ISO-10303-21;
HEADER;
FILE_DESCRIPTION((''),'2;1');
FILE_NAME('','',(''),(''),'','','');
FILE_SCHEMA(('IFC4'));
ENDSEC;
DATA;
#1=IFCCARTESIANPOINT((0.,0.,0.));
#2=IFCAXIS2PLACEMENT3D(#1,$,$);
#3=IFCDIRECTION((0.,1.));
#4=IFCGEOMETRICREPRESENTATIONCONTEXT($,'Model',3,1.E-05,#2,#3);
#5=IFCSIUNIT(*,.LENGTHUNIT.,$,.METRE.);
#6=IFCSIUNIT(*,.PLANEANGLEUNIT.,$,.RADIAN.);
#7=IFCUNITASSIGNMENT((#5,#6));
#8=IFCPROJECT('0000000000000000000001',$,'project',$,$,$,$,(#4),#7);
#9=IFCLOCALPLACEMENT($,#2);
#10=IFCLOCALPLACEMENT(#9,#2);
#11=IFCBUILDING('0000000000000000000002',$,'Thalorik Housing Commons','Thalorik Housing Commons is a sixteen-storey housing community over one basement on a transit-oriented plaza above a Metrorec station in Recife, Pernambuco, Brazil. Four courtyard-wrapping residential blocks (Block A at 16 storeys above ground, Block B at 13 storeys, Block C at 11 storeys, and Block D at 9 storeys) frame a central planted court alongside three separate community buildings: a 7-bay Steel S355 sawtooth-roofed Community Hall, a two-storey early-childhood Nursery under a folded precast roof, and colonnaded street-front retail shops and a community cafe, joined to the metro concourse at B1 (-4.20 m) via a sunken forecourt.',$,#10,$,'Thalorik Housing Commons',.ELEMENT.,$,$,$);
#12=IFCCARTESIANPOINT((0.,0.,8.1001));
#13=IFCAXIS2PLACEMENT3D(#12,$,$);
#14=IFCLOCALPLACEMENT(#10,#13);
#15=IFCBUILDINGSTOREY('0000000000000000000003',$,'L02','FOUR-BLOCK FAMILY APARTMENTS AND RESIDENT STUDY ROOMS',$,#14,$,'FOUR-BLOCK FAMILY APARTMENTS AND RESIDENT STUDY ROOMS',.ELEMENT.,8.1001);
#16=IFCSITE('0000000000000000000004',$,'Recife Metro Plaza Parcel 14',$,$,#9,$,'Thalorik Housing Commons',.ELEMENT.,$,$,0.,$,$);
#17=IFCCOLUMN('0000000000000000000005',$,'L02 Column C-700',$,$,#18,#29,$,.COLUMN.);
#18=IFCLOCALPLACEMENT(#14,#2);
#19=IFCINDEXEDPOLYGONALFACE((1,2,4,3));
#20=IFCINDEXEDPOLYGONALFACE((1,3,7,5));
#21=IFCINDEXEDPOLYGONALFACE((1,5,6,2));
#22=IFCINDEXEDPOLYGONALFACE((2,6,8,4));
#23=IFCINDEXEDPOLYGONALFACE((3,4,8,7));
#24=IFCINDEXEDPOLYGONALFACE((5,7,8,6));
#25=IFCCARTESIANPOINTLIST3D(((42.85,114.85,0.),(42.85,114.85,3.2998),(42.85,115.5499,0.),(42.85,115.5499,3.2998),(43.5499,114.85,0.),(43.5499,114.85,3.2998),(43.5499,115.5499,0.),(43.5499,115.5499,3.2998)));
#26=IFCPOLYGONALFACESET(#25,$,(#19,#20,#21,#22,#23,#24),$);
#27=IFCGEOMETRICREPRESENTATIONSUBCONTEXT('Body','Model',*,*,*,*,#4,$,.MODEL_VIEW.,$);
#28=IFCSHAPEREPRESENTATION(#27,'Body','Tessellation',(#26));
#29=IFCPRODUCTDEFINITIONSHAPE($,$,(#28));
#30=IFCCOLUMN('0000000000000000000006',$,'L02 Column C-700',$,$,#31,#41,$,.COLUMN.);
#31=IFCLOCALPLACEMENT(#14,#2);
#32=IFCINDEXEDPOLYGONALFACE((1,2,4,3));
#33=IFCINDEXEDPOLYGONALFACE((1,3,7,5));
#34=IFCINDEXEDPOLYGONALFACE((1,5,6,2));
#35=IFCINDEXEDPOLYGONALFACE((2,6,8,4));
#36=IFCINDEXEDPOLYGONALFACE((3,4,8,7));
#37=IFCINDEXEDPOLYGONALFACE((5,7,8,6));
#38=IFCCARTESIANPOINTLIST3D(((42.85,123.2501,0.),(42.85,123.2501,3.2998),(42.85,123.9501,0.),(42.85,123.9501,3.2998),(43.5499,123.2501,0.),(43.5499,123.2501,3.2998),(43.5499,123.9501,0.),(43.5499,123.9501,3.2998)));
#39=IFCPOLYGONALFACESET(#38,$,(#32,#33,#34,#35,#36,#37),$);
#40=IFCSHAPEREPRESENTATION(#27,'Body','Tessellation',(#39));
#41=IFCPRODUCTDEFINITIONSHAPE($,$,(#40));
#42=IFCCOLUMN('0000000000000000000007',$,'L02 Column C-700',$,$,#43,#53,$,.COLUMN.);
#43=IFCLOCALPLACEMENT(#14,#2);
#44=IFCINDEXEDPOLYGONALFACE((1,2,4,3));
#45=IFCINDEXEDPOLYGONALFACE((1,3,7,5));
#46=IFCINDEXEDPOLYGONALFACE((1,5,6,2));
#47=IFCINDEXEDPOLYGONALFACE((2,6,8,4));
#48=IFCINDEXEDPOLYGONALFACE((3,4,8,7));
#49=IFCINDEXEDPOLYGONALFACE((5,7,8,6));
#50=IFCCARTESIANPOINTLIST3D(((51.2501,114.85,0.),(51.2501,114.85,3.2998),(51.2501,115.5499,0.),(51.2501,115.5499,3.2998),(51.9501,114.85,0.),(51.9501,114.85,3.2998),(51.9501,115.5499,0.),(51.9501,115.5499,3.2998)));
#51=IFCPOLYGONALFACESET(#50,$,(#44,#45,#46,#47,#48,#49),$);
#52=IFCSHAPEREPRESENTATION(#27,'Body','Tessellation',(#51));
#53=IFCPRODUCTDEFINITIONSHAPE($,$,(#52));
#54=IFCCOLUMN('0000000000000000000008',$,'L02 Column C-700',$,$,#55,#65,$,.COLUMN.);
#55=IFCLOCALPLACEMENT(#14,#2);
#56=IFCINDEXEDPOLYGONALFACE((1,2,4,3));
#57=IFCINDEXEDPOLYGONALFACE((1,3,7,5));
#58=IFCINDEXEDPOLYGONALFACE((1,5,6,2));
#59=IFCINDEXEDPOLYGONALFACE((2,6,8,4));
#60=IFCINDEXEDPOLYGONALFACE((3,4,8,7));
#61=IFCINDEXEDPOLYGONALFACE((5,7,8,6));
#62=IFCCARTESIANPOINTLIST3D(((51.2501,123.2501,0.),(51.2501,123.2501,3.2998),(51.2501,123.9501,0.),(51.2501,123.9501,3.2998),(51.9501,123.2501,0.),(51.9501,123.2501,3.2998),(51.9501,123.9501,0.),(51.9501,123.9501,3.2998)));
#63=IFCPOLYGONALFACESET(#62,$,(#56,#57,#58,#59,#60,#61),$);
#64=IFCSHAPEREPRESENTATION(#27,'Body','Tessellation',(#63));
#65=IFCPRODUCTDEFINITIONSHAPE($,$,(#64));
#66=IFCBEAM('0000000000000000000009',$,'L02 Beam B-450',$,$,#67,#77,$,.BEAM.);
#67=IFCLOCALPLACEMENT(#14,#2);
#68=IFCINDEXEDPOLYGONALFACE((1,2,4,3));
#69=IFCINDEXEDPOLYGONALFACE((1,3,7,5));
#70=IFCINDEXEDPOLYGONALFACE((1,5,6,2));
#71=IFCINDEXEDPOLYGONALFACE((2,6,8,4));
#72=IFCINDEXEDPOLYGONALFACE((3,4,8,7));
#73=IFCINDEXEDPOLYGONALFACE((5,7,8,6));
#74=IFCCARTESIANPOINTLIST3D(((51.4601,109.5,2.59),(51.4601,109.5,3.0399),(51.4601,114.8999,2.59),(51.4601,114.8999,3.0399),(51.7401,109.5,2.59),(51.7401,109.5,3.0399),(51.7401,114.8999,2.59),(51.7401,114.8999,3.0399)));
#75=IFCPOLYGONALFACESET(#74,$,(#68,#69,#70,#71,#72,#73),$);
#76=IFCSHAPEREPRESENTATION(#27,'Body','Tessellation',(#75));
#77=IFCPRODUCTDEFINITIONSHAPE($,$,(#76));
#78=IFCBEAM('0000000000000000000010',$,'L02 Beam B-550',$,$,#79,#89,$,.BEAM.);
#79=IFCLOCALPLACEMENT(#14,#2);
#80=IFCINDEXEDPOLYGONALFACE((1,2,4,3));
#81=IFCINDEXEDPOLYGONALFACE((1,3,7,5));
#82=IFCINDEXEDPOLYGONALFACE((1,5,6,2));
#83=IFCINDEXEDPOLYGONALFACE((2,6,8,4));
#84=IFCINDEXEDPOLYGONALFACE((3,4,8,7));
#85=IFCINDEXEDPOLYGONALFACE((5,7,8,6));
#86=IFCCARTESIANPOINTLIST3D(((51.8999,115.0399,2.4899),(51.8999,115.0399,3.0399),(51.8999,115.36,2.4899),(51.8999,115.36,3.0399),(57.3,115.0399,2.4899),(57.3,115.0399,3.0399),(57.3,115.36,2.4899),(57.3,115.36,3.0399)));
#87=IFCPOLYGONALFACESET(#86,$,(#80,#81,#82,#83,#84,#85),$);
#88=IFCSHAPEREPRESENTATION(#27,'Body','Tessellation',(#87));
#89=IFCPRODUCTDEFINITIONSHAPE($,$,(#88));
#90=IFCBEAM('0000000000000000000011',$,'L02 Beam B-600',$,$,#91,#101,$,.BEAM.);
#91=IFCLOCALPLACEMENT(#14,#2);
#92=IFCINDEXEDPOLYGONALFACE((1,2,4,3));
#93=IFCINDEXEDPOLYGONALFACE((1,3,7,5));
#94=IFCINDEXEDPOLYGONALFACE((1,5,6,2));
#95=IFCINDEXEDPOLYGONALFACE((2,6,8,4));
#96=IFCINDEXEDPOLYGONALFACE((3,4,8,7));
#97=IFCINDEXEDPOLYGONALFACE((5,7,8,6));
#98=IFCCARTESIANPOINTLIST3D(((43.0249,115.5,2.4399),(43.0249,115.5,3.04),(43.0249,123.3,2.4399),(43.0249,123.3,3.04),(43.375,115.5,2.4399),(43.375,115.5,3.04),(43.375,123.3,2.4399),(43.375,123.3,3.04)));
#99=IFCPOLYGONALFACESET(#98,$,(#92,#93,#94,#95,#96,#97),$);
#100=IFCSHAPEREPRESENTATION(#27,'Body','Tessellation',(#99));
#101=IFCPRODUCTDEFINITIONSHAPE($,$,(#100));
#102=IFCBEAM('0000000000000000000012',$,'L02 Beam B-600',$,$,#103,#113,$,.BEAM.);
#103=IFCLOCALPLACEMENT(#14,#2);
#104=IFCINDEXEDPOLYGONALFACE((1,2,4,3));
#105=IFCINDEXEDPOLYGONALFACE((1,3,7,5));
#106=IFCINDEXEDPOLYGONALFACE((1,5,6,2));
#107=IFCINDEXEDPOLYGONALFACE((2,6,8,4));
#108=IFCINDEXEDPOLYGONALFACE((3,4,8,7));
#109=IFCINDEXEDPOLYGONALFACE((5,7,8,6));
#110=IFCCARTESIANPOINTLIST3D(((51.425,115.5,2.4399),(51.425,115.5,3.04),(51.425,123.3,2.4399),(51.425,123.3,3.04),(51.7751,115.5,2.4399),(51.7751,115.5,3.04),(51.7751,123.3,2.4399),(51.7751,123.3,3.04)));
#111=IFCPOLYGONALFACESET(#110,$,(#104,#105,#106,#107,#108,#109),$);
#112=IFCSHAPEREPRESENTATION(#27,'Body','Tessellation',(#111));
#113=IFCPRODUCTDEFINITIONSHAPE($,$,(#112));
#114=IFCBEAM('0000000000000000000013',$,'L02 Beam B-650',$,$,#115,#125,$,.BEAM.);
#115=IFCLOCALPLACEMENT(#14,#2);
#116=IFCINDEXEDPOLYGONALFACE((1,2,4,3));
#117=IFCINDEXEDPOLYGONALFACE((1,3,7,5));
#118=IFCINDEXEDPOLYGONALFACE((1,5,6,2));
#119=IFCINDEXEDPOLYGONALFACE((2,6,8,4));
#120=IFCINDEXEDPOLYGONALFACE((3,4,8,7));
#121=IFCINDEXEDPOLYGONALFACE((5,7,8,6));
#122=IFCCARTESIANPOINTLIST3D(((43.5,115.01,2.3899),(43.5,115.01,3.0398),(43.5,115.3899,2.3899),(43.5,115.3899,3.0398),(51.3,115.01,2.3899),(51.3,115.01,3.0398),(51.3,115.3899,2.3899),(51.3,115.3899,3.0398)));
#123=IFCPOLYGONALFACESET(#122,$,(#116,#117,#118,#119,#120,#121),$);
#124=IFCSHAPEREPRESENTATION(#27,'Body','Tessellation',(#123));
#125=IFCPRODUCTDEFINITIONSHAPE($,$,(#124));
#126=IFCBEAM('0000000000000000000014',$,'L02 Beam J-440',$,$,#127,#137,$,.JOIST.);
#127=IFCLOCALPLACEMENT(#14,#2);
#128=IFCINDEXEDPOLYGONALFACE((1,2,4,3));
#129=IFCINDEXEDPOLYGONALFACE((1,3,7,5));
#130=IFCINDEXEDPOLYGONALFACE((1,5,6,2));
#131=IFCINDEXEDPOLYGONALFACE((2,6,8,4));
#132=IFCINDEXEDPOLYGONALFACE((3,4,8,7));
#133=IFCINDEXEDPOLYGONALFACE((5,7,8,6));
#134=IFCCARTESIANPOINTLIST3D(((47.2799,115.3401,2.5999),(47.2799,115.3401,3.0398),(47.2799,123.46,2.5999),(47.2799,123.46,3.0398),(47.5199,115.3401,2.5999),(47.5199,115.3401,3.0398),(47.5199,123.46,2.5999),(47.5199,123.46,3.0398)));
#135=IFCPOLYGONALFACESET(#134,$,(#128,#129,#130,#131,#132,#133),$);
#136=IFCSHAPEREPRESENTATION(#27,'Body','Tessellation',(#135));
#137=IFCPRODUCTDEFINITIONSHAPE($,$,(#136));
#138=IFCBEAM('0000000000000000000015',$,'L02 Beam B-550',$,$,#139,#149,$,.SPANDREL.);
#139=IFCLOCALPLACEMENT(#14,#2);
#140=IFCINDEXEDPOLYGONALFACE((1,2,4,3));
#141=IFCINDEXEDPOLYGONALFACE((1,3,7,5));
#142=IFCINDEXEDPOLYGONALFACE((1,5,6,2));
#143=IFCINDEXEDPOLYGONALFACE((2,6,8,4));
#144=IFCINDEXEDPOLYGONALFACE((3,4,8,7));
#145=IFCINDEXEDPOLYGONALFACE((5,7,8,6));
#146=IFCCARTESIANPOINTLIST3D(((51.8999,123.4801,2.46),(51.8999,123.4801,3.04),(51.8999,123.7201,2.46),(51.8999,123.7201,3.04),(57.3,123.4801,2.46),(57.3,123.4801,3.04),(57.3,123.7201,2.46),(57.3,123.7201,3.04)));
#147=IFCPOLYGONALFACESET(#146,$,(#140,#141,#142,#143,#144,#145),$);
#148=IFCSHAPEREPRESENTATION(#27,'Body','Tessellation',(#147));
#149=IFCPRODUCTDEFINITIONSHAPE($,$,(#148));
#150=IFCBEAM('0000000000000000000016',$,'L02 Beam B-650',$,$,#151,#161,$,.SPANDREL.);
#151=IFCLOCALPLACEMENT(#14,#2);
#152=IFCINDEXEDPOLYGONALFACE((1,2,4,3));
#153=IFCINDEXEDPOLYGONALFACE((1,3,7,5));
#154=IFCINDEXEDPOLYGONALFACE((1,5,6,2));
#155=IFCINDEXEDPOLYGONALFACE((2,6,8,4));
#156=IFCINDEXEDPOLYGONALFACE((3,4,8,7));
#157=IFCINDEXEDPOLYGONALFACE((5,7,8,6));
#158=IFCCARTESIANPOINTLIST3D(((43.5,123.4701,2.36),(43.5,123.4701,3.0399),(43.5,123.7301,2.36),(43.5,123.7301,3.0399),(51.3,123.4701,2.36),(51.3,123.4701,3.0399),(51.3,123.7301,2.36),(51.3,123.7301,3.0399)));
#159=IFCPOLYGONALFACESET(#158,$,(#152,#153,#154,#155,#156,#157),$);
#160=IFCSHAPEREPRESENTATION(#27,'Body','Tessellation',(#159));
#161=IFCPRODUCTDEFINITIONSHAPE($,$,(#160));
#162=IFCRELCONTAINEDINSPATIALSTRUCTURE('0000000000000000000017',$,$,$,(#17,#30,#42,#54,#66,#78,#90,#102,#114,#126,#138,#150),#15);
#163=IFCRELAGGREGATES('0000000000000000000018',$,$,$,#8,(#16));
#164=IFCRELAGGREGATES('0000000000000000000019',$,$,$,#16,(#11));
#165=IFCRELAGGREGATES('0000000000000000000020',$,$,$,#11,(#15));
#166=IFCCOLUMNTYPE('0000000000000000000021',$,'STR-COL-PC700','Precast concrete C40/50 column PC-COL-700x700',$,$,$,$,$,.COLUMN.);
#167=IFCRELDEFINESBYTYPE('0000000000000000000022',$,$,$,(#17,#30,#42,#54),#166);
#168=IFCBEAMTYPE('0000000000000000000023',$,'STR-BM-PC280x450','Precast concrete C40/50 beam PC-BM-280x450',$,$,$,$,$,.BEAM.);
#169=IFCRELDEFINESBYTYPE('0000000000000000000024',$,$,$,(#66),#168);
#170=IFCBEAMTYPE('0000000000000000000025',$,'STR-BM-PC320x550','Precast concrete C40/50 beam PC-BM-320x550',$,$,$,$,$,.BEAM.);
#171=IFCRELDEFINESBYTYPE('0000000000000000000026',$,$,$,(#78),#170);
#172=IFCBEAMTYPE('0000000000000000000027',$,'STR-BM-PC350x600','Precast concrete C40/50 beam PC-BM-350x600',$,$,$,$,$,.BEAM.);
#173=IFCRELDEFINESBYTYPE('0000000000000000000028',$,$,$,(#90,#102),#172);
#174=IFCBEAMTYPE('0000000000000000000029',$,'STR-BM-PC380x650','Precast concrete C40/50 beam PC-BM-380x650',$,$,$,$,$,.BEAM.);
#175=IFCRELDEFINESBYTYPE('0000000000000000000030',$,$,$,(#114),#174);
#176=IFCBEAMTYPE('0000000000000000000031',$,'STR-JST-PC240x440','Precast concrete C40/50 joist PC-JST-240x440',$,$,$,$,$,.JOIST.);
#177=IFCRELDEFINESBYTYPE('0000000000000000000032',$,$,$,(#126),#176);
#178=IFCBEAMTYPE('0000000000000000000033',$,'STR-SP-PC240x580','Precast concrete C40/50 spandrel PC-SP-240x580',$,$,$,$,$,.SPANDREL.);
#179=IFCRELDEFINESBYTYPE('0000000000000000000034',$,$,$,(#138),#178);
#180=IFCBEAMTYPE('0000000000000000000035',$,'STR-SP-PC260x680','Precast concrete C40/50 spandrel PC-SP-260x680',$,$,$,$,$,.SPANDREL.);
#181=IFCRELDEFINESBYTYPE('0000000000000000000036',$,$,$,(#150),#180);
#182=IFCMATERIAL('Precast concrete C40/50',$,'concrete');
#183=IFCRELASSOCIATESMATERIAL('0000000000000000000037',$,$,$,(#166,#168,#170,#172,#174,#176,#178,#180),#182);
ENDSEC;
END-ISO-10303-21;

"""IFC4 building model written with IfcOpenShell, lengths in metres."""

from ifc_helpers import new_model, si_unit, direction, frame, origin, origin_2d, place, context, subcontext, project, spatial, rectangle, extrude, material, material_profile, profile_set, type_object, element, save


model = new_model("IFC4")

# Units and contexts
model_context = context("Model", 3, precision=1e-05, world=origin(), true_north=direction((0.0, 1.0)))
body_context = subcontext(model_context, "Body", "Model", "MODEL_VIEW")
ifc_project = project(units=[si_unit("LENGTHUNIT", "METRE"), si_unit("PLANEANGLEUNIT", "RADIAN")], contexts=[model_context])

# Site, building, storey
site_placement = place(None, origin())
site = spatial("IfcSite", under=ifc_project, at=site_placement, Name="Recife Metro Plaza Parcel 14", LongName="Thalorik Housing Commons", CompositionType="ELEMENT", RefElevation=0.0)
building_placement = place(site_placement, origin())
building = spatial("IfcBuilding", under=site, at=building_placement, Name="Thalorik Housing Commons", Description="Thalorik Housing Commons is a sixteen-storey housing community over one basement on a transit-oriented plaza above a Metrorec station in Recife, Pernambuco, Brazil. Four courtyard-wrapping residential blocks (Block A at 16 storeys above ground, Block B at 13 storeys, Block C at 11 storeys, and Block D at 9 storeys) frame a central planted court alongside three separate community buildings: a 7-bay Steel S355 sawtooth-roofed Community Hall, a two-storey early-childhood Nursery under a folded precast roof, and colonnaded street-front retail shops and a community cafe, joined to the metro concourse at B1 (-4.20 m) via a sunken forecourt.", LongName="Thalorik Housing Commons", CompositionType="ELEMENT")
storey_placement = place(building_placement, frame((0.0, 0.0, 8.1001)))
storey = spatial("IfcBuildingStorey", under=building, at=storey_placement, Name="L02", Description="FOUR-BLOCK FAMILY APARTMENTS AND RESIDENT STUDY ROOMS", LongName="FOUR-BLOCK FAMILY APARTMENTS AND RESIDENT STUDY ROOMS", CompositionType="ELEMENT", Elevation=8.1001)

# Columns
ifc_material_1 = material(Name="Precast concrete C40/50", Category="concrete")
ifc_material_profile_1 = material_profile(ifc_material_1, rectangle(XDim=0.7, YDim=0.7, at=origin_2d()), Name="PC 700x700", Category="concrete")
ifc_profile_set_1 = profile_set([ifc_material_profile_1], Name="Precast concrete C40/50")
column_type = type_object("IfcColumnType", Name="STR-COL-PC700", Description="Precast concrete C40/50 column PC-COL-700x700", PredefinedType="COLUMN", material=ifc_profile_set_1)
for number, where, z_axis, x_axis, name in (
    (1, (43.2, 115.2, 0.0), (0.0, 0.0, 1.0), (1.0, 0.0, 0.0), "L02 Column C-700"),
    (2, (43.2, 123.6001, 0.0), (0.0, 0.0, 1.0), (1.0, 0.0, 0.0), "L02 Column C-700"),
    (3, (51.6001, 115.2, 0.0), (0.0, 0.0, 1.0), (1.0, 0.0, 0.0), "L02 Column C-700"),
    (4, (51.6001, 123.6001, 0.0), (0.0, 0.0, 1.0), (1.0, 0.0, 0.0), "L02 Column C-700"),
):
    element("IfcColumn", number, at=place(storey_placement, frame(where, z_axis=z_axis, x_axis=x_axis)), inside=storey, type_object=column_type, Name=name, PredefinedType="COLUMN", context=body_context, shape_type="SweptSolid", body=[
        extrude(rectangle(XDim=0.7, YDim=0.7, at=origin_2d()), origin(), (0.0, 0.0, 1.0), 3.2998),
    ])

# Beams
ifc_material_profile_2 = material_profile(ifc_material_1, rectangle(XDim=0.28, YDim=0.45, at=origin_2d()), Name="PC 280x450", Category="concrete")
ifc_profile_set_2 = profile_set([ifc_material_profile_2], Name="Precast concrete C40/50")
beam_type_1 = type_object("IfcBeamType", Name="STR-BM-PC280x450", Description="Precast concrete C40/50 beam PC-BM-280x450", PredefinedType="BEAM", material=ifc_profile_set_2)
beam_1_placement = place(storey_placement, frame((51.6001, 109.5, 2.8149), z_axis=(0.0, 1.0, 0.0), x_axis=(-1.0, 0.0, 0.0)))
element("IfcBeam", 5, at=beam_1_placement, inside=storey, type_object=beam_type_1, Name="L02 Beam B-450", PredefinedType="BEAM", context=body_context, shape_type="SweptSolid", body=[
    extrude(rectangle(XDim=0.28, YDim=0.45, at=origin_2d()), origin(), (0.0, 0.0, 1.0), 5.3999),
])
ifc_material_profile_3 = material_profile(ifc_material_1, rectangle(XDim=0.3201, YDim=0.55, at=origin_2d()), Name="PC 320x550", Category="concrete")
ifc_profile_set_3 = profile_set([ifc_material_profile_3], Name="Precast concrete C40/50")
beam_type_2 = type_object("IfcBeamType", Name="STR-BM-PC320x550", Description="Precast concrete C40/50 beam PC-BM-320x550", PredefinedType="BEAM", material=ifc_profile_set_3)
beam_2_placement = place(storey_placement, frame((51.8999, 115.2, 2.7649), z_axis=(1.0, 0.0, 0.0), x_axis=(0.0, 1.0, 0.0)))
element("IfcBeam", 6, at=beam_2_placement, inside=storey, type_object=beam_type_2, Name="L02 Beam B-550", PredefinedType="BEAM", context=body_context, shape_type="SweptSolid", body=[
    extrude(rectangle(XDim=0.3201, YDim=0.55, at=origin_2d()), origin(), (0.0, 0.0, 1.0), 5.4001),
])
ifc_material_profile_4 = material_profile(ifc_material_1, rectangle(XDim=0.3501, YDim=0.6001, at=origin_2d()), Name="PC 350x600", Category="concrete")
ifc_profile_set_4 = profile_set([ifc_material_profile_4], Name="Precast concrete C40/50")
beam_type_3 = type_object("IfcBeamType", Name="STR-BM-PC350x600", Description="Precast concrete C40/50 beam PC-BM-350x600", PredefinedType="BEAM", material=ifc_profile_set_4)
for number, where, z_axis, x_axis, name in (
    (7, (43.2, 115.5, 2.74), (0.0, 1.0, 0.0), (-1.0, 0.0, 0.0), "L02 Beam B-600"),
    (8, (51.6001, 115.5, 2.74), (0.0, 1.0, 0.0), (-1.0, 0.0, 0.0), "L02 Beam B-600"),
):
    element("IfcBeam", number, at=place(storey_placement, frame(where, z_axis=z_axis, x_axis=x_axis)), inside=storey, type_object=beam_type_3, Name=name, PredefinedType="BEAM", context=body_context, shape_type="SweptSolid", body=[
        extrude(rectangle(XDim=0.3501, YDim=0.6001, at=origin_2d()), origin(), (0.0, 0.0, 1.0), 7.8),
    ])
ifc_material_profile_5 = material_profile(ifc_material_1, rectangle(XDim=0.3799, YDim=0.6499, at=origin_2d()), Name="PC 380x650", Category="concrete")
ifc_profile_set_5 = profile_set([ifc_material_profile_5], Name="Precast concrete C40/50")
beam_type_4 = type_object("IfcBeamType", Name="STR-BM-PC380x650", Description="Precast concrete C40/50 beam PC-BM-380x650", PredefinedType="BEAM", material=ifc_profile_set_5)
beam_3_placement = place(storey_placement, frame((43.5, 115.2, 2.7148), z_axis=(1.0, 0.0, 0.0), x_axis=(0.0, 1.0, 0.0)))
element("IfcBeam", 9, at=beam_3_placement, inside=storey, type_object=beam_type_4, Name="L02 Beam B-650", PredefinedType="BEAM", context=body_context, shape_type="SweptSolid", body=[
    extrude(rectangle(XDim=0.3799, YDim=0.6499, at=origin_2d()), origin(), (0.0, 0.0, 1.0), 7.8),
])
ifc_material_profile_6 = material_profile(ifc_material_1, rectangle(XDim=0.24, YDim=0.4399, at=origin_2d()), Name="PC JST 240x440", Category="concrete")
ifc_profile_set_6 = profile_set([ifc_material_profile_6], Name="Precast concrete C40/50")
beam_type_5 = type_object("IfcBeamType", Name="STR-JST-PC240x440", Description="Precast concrete C40/50 joist PC-JST-240x440", PredefinedType="JOIST", material=ifc_profile_set_6)
beam_4_placement = place(storey_placement, frame((47.3999, 115.3401, 2.8198), z_axis=(0.0, 1.0, 0.0), x_axis=(-1.0, 0.0, 0.0)))
element("IfcBeam", 10, at=beam_4_placement, inside=storey, type_object=beam_type_5, Name="L02 Beam J-440", PredefinedType="JOIST", context=body_context, shape_type="SweptSolid", body=[
    extrude(rectangle(XDim=0.24, YDim=0.4399, at=origin_2d()), origin(), (0.0, 0.0, 1.0), 8.1199),
])
ifc_material_profile_7 = material_profile(ifc_material_1, rectangle(XDim=0.24, YDim=0.5801, at=origin_2d()), Name="PC SP 240x580", Category="concrete")
ifc_profile_set_7 = profile_set([ifc_material_profile_7], Name="Precast concrete C40/50")
beam_type_6 = type_object("IfcBeamType", Name="STR-SP-PC240x580", Description="Precast concrete C40/50 spandrel PC-SP-240x580", PredefinedType="SPANDREL", material=ifc_profile_set_7)
beam_5_placement = place(storey_placement, frame((51.8999, 123.6001, 2.75), z_axis=(1.0, 0.0, 0.0), x_axis=(0.0, 1.0, 0.0)))
element("IfcBeam", 11, at=beam_5_placement, inside=storey, type_object=beam_type_6, Name="L02 Beam B-550", PredefinedType="SPANDREL", context=body_context, shape_type="SweptSolid", body=[
    extrude(rectangle(XDim=0.24, YDim=0.5801, at=origin_2d()), origin(), (0.0, 0.0, 1.0), 5.4001),
])
ifc_material_profile_8 = material_profile(ifc_material_1, rectangle(XDim=0.26, YDim=0.6799, at=origin_2d()), Name="PC SP 260x680", Category="concrete")
ifc_profile_set_8 = profile_set([ifc_material_profile_8], Name="Precast concrete C40/50")
beam_type_7 = type_object("IfcBeamType", Name="STR-SP-PC260x680", Description="Precast concrete C40/50 spandrel PC-SP-260x680", PredefinedType="SPANDREL", material=ifc_profile_set_8)
beam_6_placement = place(storey_placement, frame((43.5, 123.6001, 2.7), z_axis=(1.0, 0.0, 0.0), x_axis=(0.0, 1.0, 0.0)))
element("IfcBeam", 12, at=beam_6_placement, inside=storey, type_object=beam_type_7, Name="L02 Beam B-650", PredefinedType="SPANDREL", context=body_context, shape_type="SweptSolid", body=[
    extrude(rectangle(XDim=0.26, YDim=0.6799, at=origin_2d()), origin(), (0.0, 0.0, 1.0), 7.8),
])

save(model, "model.ifc")
